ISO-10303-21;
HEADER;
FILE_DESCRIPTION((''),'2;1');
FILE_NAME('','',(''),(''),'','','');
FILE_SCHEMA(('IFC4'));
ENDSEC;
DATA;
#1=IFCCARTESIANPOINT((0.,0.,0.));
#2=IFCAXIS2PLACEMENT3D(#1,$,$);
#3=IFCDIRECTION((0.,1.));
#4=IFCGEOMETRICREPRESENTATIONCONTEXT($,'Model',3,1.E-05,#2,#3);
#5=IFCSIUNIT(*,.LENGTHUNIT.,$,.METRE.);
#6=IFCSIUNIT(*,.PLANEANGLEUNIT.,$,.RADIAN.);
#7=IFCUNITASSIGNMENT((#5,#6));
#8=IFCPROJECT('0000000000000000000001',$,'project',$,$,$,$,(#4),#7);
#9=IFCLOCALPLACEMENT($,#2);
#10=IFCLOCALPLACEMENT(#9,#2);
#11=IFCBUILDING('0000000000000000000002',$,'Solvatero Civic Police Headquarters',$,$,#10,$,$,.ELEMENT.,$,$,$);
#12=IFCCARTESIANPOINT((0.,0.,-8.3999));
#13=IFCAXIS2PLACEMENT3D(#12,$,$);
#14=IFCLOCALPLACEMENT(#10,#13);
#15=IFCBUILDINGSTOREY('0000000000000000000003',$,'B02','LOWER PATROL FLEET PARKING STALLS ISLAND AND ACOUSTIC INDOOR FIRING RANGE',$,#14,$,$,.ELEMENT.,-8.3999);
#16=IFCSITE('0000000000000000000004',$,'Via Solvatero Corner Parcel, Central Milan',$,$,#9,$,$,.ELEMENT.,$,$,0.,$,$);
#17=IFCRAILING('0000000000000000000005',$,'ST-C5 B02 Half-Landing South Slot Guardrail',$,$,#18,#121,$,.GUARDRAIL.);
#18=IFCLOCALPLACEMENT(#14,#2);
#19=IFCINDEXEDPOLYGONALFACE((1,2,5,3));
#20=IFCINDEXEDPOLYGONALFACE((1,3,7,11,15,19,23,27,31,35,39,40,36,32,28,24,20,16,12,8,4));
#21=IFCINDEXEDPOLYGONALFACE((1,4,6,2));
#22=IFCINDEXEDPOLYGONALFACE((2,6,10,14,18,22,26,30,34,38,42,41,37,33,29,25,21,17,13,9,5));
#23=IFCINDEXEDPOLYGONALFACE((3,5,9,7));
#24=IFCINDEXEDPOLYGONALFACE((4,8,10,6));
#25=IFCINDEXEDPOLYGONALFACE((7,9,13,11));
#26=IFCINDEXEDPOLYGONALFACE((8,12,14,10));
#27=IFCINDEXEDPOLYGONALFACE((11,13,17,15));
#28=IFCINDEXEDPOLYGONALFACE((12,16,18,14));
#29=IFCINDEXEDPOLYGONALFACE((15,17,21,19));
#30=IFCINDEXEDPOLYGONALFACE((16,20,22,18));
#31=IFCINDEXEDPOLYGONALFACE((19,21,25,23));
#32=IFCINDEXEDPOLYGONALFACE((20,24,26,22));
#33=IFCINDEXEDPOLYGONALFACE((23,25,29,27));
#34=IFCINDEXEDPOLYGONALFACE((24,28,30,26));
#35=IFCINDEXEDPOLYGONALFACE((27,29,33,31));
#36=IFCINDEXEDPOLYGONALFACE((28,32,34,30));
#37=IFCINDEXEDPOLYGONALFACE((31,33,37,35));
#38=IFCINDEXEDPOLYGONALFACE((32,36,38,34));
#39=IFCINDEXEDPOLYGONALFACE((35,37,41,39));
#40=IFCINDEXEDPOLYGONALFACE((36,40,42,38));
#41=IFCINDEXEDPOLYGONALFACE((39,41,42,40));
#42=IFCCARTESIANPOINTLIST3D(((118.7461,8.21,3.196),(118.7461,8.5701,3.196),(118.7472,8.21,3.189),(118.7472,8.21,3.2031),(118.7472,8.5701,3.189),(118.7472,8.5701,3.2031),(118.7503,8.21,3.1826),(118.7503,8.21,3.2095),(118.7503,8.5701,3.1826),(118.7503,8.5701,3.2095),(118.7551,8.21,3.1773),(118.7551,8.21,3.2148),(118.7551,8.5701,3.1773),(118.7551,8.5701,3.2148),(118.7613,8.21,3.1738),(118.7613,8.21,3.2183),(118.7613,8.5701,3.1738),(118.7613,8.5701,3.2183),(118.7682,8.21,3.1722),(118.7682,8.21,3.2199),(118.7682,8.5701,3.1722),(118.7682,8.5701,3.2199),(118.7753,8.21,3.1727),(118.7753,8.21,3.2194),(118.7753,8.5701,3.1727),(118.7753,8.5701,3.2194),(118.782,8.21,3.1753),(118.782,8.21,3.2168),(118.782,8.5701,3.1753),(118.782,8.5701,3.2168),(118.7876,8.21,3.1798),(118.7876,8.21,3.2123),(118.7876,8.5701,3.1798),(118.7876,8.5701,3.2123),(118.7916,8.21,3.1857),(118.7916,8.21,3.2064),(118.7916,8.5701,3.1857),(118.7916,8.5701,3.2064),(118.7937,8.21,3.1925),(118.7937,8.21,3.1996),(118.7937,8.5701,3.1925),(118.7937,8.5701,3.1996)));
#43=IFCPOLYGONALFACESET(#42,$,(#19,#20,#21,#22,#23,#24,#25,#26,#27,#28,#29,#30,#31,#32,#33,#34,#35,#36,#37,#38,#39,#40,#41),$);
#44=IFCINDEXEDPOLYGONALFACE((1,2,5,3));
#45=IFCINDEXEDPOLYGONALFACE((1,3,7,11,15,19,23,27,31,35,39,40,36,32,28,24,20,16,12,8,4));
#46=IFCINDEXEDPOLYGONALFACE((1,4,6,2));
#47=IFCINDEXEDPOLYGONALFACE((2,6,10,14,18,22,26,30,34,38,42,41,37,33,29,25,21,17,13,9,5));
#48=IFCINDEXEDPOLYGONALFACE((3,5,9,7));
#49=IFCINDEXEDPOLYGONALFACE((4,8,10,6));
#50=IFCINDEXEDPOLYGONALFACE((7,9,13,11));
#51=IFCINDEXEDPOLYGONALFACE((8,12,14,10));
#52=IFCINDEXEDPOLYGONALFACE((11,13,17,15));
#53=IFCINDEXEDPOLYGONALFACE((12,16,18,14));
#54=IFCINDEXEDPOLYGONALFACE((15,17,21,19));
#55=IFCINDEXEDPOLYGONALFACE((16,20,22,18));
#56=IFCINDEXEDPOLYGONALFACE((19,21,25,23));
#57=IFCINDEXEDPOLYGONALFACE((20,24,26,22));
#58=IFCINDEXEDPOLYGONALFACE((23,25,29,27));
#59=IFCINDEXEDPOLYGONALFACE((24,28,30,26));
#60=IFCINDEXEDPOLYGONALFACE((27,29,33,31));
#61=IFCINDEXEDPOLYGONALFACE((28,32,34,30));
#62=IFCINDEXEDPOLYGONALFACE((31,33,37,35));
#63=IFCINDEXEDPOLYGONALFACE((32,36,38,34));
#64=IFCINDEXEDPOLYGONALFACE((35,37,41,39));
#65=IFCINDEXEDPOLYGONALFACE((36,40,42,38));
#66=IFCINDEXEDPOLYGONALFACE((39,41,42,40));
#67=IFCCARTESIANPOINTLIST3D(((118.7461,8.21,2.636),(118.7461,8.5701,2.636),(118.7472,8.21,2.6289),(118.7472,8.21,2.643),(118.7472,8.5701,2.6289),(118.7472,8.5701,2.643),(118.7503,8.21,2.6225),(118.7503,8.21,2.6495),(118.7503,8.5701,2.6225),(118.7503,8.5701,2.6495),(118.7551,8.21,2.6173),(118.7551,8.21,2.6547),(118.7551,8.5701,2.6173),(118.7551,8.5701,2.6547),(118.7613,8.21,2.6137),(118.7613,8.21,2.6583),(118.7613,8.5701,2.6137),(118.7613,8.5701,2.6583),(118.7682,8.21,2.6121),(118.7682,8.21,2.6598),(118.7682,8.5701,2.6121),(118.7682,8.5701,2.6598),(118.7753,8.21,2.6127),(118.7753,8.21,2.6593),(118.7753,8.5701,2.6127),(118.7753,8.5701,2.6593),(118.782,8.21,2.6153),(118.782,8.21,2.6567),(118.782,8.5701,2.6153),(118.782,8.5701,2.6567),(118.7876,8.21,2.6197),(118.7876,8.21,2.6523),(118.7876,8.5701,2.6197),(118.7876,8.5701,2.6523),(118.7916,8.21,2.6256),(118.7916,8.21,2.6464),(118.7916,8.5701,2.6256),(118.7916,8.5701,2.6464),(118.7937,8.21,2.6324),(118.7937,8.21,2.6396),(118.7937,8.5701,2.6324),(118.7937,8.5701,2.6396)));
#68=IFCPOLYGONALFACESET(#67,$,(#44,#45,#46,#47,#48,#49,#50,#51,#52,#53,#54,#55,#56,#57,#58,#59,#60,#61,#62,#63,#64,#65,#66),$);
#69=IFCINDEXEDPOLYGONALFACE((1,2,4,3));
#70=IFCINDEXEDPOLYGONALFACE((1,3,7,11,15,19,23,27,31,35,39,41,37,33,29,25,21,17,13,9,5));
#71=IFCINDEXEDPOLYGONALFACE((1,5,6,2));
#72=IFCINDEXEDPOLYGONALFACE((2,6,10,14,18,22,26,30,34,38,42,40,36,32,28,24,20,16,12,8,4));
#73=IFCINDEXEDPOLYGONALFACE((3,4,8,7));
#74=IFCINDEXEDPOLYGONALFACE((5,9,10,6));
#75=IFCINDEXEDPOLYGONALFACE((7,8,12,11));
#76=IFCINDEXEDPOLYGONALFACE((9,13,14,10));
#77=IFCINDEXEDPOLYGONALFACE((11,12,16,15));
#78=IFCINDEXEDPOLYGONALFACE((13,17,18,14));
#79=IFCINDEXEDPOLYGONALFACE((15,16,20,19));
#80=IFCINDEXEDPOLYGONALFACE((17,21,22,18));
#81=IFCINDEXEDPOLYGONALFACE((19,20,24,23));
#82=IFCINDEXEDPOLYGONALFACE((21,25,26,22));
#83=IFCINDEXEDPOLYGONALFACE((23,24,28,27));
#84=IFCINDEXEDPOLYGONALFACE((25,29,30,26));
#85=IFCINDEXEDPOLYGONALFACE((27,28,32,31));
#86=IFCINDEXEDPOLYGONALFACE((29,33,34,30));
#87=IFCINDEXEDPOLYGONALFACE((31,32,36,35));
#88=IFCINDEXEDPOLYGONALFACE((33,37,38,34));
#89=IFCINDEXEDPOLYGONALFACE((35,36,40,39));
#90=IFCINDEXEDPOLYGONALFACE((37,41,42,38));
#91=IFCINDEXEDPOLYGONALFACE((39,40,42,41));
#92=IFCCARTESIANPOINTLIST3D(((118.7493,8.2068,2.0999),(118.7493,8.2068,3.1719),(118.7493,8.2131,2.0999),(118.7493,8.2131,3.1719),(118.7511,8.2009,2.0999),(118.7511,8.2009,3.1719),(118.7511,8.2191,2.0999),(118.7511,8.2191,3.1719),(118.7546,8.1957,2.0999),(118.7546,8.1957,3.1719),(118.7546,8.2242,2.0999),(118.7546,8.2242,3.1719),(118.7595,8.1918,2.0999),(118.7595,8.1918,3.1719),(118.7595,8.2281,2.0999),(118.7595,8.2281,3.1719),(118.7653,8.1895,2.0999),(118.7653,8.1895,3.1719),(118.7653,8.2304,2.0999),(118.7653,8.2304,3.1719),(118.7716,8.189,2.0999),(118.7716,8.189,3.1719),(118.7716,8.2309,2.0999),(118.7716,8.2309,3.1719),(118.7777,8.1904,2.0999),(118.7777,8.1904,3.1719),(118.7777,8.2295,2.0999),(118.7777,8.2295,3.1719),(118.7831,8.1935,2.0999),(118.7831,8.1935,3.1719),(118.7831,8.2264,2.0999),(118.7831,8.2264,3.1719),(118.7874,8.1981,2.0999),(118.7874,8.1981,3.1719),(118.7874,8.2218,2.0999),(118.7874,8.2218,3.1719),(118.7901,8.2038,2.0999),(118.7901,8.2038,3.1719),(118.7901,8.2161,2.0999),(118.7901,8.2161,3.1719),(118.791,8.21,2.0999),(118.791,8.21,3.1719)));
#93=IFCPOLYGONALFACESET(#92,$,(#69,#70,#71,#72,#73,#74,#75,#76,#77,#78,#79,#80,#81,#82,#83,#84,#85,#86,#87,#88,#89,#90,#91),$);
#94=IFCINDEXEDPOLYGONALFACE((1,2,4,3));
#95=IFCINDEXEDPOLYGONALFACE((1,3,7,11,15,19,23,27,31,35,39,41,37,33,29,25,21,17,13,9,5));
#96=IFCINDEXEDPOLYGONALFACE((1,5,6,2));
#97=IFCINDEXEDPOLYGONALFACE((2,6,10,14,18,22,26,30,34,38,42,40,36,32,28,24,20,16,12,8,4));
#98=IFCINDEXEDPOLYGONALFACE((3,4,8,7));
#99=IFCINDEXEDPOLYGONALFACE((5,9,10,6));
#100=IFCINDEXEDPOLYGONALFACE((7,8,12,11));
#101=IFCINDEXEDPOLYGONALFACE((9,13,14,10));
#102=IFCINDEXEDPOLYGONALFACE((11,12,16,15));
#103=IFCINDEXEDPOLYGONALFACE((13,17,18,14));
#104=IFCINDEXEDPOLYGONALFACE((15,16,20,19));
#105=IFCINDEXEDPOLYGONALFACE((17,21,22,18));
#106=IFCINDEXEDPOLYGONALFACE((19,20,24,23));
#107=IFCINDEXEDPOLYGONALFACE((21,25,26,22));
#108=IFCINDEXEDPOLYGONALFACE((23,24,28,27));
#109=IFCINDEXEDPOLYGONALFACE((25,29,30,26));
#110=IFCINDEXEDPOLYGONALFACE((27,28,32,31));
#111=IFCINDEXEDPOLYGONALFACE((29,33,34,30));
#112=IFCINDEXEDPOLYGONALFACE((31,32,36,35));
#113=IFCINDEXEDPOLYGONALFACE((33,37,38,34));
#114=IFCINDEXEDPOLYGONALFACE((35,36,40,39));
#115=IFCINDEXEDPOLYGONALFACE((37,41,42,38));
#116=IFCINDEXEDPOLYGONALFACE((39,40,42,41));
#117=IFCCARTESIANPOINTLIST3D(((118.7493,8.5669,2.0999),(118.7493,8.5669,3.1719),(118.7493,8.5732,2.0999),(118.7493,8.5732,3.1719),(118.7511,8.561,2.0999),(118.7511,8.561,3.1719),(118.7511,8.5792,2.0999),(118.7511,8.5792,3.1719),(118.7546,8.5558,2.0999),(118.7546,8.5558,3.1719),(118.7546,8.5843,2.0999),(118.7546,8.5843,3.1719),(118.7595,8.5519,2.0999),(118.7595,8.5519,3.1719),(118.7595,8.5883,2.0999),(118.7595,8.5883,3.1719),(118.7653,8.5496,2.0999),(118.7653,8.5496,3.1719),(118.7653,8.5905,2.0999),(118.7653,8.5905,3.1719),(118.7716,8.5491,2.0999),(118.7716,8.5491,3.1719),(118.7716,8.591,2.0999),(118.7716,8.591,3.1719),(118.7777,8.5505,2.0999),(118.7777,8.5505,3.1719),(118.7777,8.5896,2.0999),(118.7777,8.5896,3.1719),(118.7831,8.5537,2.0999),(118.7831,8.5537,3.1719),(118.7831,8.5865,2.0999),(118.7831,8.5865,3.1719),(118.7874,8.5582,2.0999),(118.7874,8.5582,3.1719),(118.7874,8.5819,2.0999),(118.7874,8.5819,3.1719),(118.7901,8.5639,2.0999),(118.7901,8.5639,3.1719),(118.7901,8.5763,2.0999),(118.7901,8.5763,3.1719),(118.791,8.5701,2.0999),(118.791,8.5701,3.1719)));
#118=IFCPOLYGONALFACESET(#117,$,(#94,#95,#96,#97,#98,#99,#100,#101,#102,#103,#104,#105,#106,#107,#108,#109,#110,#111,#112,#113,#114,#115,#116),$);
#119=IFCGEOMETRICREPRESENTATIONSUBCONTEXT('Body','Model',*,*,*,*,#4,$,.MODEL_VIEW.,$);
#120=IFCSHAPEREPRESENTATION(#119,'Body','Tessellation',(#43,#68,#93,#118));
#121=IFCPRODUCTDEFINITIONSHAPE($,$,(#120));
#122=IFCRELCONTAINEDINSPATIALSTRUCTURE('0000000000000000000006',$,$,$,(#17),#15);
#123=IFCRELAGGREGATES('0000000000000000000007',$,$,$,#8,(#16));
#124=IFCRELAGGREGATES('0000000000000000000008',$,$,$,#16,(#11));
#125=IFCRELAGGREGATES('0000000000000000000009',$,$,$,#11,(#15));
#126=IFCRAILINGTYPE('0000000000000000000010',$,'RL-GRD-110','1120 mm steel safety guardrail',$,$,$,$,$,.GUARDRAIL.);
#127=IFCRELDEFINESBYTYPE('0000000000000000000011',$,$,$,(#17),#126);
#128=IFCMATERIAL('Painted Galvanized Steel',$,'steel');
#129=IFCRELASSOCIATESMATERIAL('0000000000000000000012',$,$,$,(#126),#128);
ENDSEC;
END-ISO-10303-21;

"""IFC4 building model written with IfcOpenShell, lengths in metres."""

from ifc_helpers import new_model, si_unit, direction, frame, origin, origin_2d, place, context, subcontext, project, spatial, circle, extrude, material, type_object, element, save


model = new_model("IFC4")

# Units and contexts
model_context = context("Model", 3, precision=1e-05, world=origin(), true_north=direction((0.0, 1.0)))
body_context = subcontext(model_context, "Body", "Model", "MODEL_VIEW")
ifc_project = project(units=[si_unit("LENGTHUNIT", "METRE"), si_unit("PLANEANGLEUNIT", "RADIAN")], contexts=[model_context])

# Site, building, storey
site_placement = place(None, origin())
site = spatial("IfcSite", under=ifc_project, at=site_placement, Name="Via Solvatero Corner Parcel, Central Milan", CompositionType="ELEMENT", RefElevation=0.0)
building_placement = place(site_placement, origin())
building = spatial("IfcBuilding", under=site, at=building_placement, Name="Solvatero Civic Police Headquarters", CompositionType="ELEMENT")
storey_placement = place(building_placement, frame((0.0, 0.0, -8.3999)))
storey = spatial("IfcBuildingStorey", under=building, at=storey_placement, Name="B02", Description="LOWER PATROL FLEET PARKING STALLS ISLAND AND ACOUSTIC INDOOR FIRING RANGE", CompositionType="ELEMENT", Elevation=-8.3999)

# Railing
ifc_material_1 = material(Name="Painted Galvanized Steel", Category="steel")
railing_type_1 = type_object("IfcRailingType", Name="RL-GRD-110", Description="1120 mm steel safety guardrail", PredefinedType="GUARDRAIL", material=ifc_material_1)
for number, where, name in (
    (1, (118.77, 8.21, 2.0999), "ST-C5 B02 Half-Landing South Slot Guardrail"),
):
    element("IfcRailing", number, at=place(storey_placement, frame(where)), inside=storey, type_object=railing_type_1, Name=name, PredefinedType="GUARDRAIL", context=body_context, shape_type="SweptSolid", body=[
        extrude(circle(Radius=0.0239, at=origin_2d()), frame((0.0, 0.0, 1.0962), z_axis=(0.0, 1.0, 0.0), x_axis=(-1.0, 0.0, 0.0)), (0.0, 0.0, 1.0), 0.3601),
        extrude(circle(Radius=0.0239, at=origin_2d()), frame((0.0, 0.0, 0.5361), z_axis=(0.0, 1.0, 0.0), x_axis=(-1.0, 0.0, 0.0)), (0.0, 0.0, 1.0), 0.3601),
        extrude(circle(Radius=0.021, at=origin_2d()), origin(), (0.0, 0.0, 1.0), 1.072),
        extrude(circle(Radius=0.021, at=origin_2d()), frame((0.0, 0.3601, 0.0)), (0.0, 0.0, 1.0), 1.072),
    ])

save(model, "model.ifc")
